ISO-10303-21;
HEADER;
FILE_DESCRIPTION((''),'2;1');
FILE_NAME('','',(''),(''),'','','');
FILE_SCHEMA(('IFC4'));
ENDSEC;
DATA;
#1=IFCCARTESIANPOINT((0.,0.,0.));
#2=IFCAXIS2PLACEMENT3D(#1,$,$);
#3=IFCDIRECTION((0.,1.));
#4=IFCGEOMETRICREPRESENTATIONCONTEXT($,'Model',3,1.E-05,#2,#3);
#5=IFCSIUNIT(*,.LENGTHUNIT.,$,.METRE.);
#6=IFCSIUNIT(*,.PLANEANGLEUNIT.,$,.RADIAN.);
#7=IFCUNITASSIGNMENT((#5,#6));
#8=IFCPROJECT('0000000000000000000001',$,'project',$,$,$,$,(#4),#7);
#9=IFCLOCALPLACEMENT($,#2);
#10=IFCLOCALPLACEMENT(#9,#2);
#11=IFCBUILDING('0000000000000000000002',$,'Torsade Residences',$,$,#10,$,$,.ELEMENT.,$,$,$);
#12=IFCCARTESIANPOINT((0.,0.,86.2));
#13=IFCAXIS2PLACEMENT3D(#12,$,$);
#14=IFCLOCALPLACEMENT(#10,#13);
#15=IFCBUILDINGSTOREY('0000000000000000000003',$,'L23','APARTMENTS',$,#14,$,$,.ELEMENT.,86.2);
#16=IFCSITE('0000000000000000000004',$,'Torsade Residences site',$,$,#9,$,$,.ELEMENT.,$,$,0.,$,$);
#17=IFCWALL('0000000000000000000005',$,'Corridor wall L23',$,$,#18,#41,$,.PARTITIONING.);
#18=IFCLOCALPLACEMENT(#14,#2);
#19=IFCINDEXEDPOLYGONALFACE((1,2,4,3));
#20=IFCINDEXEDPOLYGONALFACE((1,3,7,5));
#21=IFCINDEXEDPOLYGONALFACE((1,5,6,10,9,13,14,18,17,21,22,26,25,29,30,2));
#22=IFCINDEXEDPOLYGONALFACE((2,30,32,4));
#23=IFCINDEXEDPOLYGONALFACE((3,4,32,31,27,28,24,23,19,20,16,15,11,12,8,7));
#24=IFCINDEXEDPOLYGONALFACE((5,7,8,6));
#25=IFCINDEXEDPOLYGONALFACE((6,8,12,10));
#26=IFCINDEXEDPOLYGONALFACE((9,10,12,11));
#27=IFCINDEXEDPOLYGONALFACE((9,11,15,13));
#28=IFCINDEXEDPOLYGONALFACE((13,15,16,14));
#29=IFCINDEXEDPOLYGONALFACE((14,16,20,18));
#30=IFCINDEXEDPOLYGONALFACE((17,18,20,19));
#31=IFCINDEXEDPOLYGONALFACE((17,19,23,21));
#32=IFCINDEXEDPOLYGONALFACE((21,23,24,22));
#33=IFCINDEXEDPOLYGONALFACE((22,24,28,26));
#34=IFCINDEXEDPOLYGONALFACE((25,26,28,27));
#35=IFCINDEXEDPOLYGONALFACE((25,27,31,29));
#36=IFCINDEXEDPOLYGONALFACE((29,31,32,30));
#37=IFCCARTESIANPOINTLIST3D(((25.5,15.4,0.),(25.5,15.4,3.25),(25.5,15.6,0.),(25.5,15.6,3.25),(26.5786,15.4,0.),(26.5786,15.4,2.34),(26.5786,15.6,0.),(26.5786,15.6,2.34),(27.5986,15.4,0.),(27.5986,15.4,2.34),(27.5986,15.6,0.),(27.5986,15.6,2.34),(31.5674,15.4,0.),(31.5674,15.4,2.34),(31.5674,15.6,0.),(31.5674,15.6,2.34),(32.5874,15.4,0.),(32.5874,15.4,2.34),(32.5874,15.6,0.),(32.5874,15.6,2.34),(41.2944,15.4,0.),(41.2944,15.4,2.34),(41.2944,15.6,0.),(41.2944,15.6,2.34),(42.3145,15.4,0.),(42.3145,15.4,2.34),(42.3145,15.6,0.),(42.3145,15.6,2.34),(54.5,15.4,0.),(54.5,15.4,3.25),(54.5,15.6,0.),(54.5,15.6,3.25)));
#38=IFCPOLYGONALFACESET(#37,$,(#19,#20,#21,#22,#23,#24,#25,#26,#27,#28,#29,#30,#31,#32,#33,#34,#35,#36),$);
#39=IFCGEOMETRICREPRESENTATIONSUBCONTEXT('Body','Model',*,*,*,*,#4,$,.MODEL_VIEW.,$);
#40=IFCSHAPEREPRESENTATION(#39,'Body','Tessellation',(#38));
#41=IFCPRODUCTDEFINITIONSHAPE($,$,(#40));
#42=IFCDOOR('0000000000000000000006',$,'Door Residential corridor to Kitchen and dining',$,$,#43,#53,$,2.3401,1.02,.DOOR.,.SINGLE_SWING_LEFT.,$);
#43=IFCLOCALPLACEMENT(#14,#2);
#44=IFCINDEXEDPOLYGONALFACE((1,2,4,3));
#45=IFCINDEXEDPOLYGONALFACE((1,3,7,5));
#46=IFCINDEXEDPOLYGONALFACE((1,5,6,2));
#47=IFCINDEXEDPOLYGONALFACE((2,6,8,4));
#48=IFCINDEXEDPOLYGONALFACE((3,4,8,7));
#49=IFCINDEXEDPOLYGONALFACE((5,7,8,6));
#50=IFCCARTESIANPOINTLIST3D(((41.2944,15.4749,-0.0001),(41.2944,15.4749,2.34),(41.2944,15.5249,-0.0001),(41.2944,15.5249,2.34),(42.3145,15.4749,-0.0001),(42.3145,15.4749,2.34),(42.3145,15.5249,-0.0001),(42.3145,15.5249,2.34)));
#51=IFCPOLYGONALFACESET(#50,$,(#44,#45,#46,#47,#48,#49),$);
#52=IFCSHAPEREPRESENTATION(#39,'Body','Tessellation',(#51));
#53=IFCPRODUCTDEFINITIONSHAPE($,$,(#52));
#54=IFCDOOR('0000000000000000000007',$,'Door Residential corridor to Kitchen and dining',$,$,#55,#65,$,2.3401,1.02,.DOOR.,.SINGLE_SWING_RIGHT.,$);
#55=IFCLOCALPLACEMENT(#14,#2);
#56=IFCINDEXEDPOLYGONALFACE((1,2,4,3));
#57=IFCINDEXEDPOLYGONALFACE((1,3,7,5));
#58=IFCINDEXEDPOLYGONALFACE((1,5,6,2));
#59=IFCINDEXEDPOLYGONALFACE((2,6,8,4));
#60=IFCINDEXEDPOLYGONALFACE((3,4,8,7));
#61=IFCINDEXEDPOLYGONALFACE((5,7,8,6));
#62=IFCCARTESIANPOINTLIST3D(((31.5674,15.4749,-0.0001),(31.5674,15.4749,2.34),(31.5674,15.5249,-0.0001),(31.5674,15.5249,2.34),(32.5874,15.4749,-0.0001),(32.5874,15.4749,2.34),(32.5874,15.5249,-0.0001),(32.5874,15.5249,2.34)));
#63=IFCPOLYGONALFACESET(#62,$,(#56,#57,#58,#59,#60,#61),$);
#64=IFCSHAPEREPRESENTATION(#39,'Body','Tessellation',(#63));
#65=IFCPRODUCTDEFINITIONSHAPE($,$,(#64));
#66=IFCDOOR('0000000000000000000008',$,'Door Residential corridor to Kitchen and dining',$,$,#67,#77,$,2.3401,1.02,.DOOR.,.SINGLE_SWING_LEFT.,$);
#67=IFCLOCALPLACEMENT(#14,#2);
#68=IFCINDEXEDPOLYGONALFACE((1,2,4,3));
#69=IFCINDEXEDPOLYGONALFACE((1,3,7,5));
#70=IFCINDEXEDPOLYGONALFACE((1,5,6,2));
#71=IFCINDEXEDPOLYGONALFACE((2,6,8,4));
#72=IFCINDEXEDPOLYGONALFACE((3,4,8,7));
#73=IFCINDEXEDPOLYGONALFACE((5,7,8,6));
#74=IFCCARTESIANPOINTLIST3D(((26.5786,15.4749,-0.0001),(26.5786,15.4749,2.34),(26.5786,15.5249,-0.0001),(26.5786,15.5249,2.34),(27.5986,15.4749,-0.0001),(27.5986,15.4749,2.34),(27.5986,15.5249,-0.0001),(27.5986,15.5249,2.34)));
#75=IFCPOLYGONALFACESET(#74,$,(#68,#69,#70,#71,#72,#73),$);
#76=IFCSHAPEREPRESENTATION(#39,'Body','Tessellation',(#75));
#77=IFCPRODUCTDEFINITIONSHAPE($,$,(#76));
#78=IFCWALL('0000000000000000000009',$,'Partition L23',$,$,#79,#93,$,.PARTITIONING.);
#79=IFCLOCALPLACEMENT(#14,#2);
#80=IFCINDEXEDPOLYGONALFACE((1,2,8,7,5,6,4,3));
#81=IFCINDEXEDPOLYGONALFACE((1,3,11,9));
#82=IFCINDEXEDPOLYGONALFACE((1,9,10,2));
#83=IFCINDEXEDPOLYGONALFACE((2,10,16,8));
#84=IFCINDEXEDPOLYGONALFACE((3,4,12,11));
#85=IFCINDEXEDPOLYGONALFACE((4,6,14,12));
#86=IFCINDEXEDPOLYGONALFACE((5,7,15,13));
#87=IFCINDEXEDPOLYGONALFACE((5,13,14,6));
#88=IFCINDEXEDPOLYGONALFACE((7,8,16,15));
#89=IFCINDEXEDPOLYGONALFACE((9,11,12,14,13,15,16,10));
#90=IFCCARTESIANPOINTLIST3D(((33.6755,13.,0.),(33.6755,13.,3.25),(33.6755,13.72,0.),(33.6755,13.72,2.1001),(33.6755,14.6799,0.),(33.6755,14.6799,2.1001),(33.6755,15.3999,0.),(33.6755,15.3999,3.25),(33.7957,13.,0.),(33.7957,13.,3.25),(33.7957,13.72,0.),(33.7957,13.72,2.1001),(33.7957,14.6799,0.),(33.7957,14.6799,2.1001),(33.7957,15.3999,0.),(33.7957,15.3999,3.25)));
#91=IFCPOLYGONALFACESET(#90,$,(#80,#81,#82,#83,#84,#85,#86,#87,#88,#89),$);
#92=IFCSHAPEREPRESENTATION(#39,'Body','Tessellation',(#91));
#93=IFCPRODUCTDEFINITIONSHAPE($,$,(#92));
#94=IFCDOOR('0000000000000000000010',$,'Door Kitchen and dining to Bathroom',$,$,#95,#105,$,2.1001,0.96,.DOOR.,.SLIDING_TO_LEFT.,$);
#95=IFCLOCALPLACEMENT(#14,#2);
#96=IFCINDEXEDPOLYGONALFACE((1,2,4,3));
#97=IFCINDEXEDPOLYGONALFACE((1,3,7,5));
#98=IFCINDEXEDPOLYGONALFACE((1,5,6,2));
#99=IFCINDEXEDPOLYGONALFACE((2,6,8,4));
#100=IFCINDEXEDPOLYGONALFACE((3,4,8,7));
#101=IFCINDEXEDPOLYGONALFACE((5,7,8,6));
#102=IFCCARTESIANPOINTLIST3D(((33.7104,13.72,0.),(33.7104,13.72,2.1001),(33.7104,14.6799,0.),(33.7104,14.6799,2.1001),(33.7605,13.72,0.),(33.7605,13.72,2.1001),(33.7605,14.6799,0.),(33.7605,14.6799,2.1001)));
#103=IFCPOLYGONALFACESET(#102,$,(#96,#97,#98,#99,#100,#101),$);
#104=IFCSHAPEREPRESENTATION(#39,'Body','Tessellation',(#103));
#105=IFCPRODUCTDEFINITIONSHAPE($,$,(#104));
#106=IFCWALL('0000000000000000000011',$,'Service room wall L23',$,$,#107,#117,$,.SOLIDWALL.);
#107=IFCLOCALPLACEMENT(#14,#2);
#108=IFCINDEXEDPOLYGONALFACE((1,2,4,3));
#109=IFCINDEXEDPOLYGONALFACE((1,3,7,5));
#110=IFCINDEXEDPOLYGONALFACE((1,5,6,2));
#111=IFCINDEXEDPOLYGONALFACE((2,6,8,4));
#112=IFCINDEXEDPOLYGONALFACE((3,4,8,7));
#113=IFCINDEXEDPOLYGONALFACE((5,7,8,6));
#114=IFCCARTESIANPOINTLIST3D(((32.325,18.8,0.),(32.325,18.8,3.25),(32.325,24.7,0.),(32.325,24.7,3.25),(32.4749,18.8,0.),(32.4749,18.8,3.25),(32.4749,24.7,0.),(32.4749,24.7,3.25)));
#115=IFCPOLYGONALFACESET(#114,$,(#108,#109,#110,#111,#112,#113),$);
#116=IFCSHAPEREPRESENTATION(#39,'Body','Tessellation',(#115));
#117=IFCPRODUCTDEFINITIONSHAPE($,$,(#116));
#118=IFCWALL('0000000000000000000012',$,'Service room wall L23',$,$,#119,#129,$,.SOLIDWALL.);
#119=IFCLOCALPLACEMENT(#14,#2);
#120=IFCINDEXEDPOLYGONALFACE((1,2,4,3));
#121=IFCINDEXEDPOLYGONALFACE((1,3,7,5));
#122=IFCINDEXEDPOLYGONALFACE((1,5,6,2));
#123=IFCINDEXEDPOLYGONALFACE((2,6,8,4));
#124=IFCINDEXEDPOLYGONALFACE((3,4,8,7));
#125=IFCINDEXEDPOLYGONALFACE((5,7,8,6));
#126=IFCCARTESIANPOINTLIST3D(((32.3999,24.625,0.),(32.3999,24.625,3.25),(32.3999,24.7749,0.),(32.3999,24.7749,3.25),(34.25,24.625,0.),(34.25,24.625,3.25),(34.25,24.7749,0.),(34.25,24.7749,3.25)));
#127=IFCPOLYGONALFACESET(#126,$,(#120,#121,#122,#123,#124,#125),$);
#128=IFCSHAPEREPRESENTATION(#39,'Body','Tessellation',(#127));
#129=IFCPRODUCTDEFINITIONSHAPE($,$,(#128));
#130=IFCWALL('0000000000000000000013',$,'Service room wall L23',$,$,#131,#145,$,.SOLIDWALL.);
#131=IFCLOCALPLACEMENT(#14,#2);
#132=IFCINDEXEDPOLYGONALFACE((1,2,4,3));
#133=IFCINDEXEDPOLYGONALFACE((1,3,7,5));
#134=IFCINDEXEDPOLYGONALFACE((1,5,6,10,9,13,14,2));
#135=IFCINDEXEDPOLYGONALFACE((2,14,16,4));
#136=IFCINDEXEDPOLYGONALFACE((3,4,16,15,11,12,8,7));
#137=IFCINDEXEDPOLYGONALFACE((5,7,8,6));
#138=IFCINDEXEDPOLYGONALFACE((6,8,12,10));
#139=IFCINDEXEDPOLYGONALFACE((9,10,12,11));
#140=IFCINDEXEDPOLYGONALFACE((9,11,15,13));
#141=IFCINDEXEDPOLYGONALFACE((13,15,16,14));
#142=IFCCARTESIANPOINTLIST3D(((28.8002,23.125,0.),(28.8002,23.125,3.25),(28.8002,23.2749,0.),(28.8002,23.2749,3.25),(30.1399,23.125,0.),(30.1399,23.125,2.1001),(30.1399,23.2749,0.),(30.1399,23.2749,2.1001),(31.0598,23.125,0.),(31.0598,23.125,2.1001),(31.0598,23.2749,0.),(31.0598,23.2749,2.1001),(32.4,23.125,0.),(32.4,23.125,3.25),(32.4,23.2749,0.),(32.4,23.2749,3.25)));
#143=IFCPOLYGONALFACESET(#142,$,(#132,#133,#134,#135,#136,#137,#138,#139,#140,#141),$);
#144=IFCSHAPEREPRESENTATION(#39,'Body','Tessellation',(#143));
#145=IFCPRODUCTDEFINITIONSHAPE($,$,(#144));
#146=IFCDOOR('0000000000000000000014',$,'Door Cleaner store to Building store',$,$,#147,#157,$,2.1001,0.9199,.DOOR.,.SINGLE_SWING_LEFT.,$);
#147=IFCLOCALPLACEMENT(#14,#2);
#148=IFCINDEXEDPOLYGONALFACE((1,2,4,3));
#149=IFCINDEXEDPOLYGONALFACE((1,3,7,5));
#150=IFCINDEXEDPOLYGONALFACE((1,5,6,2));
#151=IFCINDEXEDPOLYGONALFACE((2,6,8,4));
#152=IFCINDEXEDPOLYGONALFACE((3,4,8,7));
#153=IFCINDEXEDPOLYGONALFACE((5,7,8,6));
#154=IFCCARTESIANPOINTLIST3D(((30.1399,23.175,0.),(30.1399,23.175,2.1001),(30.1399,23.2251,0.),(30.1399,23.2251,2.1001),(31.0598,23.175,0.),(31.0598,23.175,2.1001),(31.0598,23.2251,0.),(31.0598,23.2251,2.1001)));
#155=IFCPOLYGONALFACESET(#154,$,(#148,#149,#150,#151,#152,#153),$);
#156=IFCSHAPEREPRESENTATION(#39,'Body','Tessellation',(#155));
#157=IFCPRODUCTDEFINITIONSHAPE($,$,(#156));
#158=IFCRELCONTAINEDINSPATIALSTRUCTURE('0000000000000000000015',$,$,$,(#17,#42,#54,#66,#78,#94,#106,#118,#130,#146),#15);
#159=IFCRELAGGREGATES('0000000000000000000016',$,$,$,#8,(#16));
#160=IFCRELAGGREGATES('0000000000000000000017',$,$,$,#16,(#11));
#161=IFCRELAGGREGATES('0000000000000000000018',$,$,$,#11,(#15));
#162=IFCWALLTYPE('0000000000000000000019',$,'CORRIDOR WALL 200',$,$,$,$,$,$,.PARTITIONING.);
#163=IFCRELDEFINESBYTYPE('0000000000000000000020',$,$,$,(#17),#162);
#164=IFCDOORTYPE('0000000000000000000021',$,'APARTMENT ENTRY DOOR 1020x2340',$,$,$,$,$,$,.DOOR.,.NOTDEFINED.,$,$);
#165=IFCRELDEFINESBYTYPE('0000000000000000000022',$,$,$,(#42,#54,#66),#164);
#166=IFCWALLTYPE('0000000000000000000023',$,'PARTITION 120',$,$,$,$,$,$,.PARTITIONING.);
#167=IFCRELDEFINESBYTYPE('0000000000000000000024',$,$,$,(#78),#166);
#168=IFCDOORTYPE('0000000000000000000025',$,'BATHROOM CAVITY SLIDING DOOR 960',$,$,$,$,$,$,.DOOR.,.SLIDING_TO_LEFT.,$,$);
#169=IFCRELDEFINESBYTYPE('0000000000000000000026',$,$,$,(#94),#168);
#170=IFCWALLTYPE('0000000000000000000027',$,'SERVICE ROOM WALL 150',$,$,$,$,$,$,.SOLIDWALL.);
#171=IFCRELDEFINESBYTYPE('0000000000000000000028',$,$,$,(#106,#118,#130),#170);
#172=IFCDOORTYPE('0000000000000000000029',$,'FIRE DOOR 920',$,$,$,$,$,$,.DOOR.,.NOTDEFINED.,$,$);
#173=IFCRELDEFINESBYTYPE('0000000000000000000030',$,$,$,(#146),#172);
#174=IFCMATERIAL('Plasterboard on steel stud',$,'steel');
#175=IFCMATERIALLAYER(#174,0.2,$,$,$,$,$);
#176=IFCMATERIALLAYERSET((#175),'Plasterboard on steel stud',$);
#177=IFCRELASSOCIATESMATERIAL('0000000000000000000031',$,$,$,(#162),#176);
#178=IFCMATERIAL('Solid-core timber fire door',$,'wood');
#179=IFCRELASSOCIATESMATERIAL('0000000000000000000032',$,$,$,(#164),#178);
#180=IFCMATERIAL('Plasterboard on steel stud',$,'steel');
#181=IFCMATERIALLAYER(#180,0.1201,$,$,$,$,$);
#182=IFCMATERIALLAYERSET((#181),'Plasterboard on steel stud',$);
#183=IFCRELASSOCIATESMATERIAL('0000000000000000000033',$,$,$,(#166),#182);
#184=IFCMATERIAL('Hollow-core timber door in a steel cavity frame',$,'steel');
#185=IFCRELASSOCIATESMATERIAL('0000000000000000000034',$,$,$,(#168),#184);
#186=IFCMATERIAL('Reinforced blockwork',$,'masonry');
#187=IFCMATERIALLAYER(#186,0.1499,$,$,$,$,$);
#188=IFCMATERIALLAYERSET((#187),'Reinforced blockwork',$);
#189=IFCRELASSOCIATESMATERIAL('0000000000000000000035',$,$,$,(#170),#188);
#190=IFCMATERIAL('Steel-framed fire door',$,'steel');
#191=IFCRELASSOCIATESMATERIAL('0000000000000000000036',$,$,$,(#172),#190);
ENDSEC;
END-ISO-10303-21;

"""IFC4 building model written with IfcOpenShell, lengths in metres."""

from ifc_helpers import new_model, si_unit, direction, frame, frame_2d, origin, place, context, subcontext, project, spatial, rectangle, extrude, material, layer, layer_set, type_object, element, fill, save


model = new_model("IFC4")

# Units and contexts
model_context = context("Model", 3, precision=1e-05, world=origin(), true_north=direction((0.0, 1.0)))
body_context = subcontext(model_context, "Body", "Model", "MODEL_VIEW")
ifc_project = project(units=[si_unit("LENGTHUNIT", "METRE"), si_unit("PLANEANGLEUNIT", "RADIAN")], contexts=[model_context])

# Site, building, storey
site_placement = place(None, origin())
site = spatial("IfcSite", under=ifc_project, at=site_placement, Name="Torsade Residences site", CompositionType="ELEMENT", RefElevation=0.0)
building_placement = place(site_placement, origin())
building = spatial("IfcBuilding", under=site, at=building_placement, Name="Torsade Residences", CompositionType="ELEMENT")
storey_placement = place(building_placement, frame((0.0, 0.0, 86.2)))
storey = spatial("IfcBuildingStorey", under=building, at=storey_placement, Name="L23", Description="APARTMENTS", CompositionType="ELEMENT", Elevation=86.2)

# Wall, openings, doors
ifc_material_1 = material(Name="Plasterboard on steel stud", Category="steel")
ifc_layer_1 = layer(ifc_material_1, 0.2)
ifc_layer_set_1 = layer_set([ifc_layer_1], Name="Plasterboard on steel stud")
wall_type_1 = type_object("IfcWallType", Name="CORRIDOR WALL 200", PredefinedType="PARTITIONING", material=ifc_layer_set_1)
wall_1_placement = place(storey_placement, frame((25.5, 15.5, 0.0), z_axis=(0.0, 0.0, 1.0), x_axis=(1.0, 0.0, 0.0)))
wall_1 = element("IfcWall", 1, at=wall_1_placement, inside=storey, type_object=wall_type_1, Name="Corridor wall L23", PredefinedType="PARTITIONING", context=body_context, shape_type="SweptSolid", body=[
    extrude(rectangle(XDim=29.0, YDim=0.2, at=frame_2d((14.5, 0.0))), origin(), (0.0, 0.0, 1.0), 3.25),
])
opening_1_placement = place(wall_1_placement, frame((15.7944, 0.0, 0.0)))
opening_1 = element("IfcOpeningElement", 2, at=opening_1_placement, cuts=wall_1, PredefinedType="OPENING", context=body_context, shape_type="SweptSolid", body=[
    extrude(rectangle(XDim=1.02, YDim=2.3401, at=frame_2d((0.51, 1.1699))), frame((0.0, 0.1099, 0.0), z_axis=(0.0, -1.0, 0.0), x_axis=(1.0, 0.0, 0.0)), (0.0, 0.0, 1.0), 0.22),
])
opening_2_placement = place(wall_1_placement, frame((6.0674, 0.0, 0.0)))
opening_2 = element("IfcOpeningElement", 3, at=opening_2_placement, cuts=wall_1, PredefinedType="OPENING", context=body_context, shape_type="SweptSolid", body=[
    extrude(rectangle(XDim=1.02, YDim=2.3401, at=frame_2d((0.51, 1.1699))), frame((0.0, 0.1099, 0.0), z_axis=(0.0, -1.0, 0.0), x_axis=(1.0, 0.0, 0.0)), (0.0, 0.0, 1.0), 0.22),
])
opening_3_placement = place(wall_1_placement, frame((1.0786, 0.0, 0.0)))
opening_3 = element("IfcOpeningElement", 4, at=opening_3_placement, cuts=wall_1, PredefinedType="OPENING", context=body_context, shape_type="SweptSolid", body=[
    extrude(rectangle(XDim=1.02, YDim=2.3401, at=frame_2d((0.51, 1.1699))), frame((0.0, 0.1099, 0.0), z_axis=(0.0, -1.0, 0.0), x_axis=(1.0, 0.0, 0.0)), (0.0, 0.0, 1.0), 0.22),
])
ifc_material_2 = material(Name="Solid-core timber fire door", Category="wood")
door_type_1 = type_object("IfcDoorType", Name="APARTMENT ENTRY DOOR 1020x2340", OperationType="NOTDEFINED", PredefinedType="DOOR", material=ifc_material_2)
door_1_placement = place(opening_1_placement, origin())
door_1 = element("IfcDoor", 5, at=door_1_placement, inside=storey, type_object=door_type_1, Name="Door Residential corridor to Kitchen and dining", OperationType="SINGLE_SWING_LEFT", OverallHeight=2.3401, OverallWidth=1.02, PredefinedType="DOOR", context=body_context, shape_type="SweptSolid", body=[
    extrude(rectangle(XDim=1.02, YDim=2.3401, at=frame_2d((0.51, 1.1699))), frame((0.0, 0.0249, 0.0), z_axis=(0.0, -1.0, 0.0), x_axis=(1.0, 0.0, 0.0)), (0.0, 0.0, 1.0), 0.05),
])
fill(opening_1, door_1)
door_2_placement = place(opening_2_placement, origin())
door_2 = element("IfcDoor", 6, at=door_2_placement, inside=storey, type_object=door_type_1, Name="Door Residential corridor to Kitchen and dining", OperationType="SINGLE_SWING_RIGHT", OverallHeight=2.3401, OverallWidth=1.02, PredefinedType="DOOR", context=body_context, shape_type="SweptSolid", body=[
    extrude(rectangle(XDim=1.02, YDim=2.3401, at=frame_2d((0.51, 1.1699))), frame((0.0, 0.0249, 0.0), z_axis=(0.0, -1.0, 0.0), x_axis=(1.0, 0.0, 0.0)), (0.0, 0.0, 1.0), 0.05),
])
fill(opening_2, door_2)
door_3_placement = place(opening_3_placement, origin())
door_3 = element("IfcDoor", 7, at=door_3_placement, inside=storey, type_object=door_type_1, Name="Door Residential corridor to Kitchen and dining", OperationType="SINGLE_SWING_LEFT", OverallHeight=2.3401, OverallWidth=1.02, PredefinedType="DOOR", context=body_context, shape_type="SweptSolid", body=[
    extrude(rectangle(XDim=1.02, YDim=2.3401, at=frame_2d((0.51, 1.1699))), frame((0.0, 0.0249, 0.0), z_axis=(0.0, -1.0, 0.0), x_axis=(1.0, 0.0, 0.0)), (0.0, 0.0, 1.0), 0.05),
])
fill(opening_3, door_3)

# Wall, opening, door
ifc_material_3 = material(Name="Plasterboard on steel stud", Category="steel")
ifc_layer_2 = layer(ifc_material_3, 0.1201)
ifc_layer_set_2 = layer_set([ifc_layer_2], Name="Plasterboard on steel stud")
wall_type_2 = type_object("IfcWallType", Name="PARTITION 120", PredefinedType="PARTITIONING", material=ifc_layer_set_2)
wall_2_placement = place(storey_placement, frame((33.7356, 15.3999, 0.0), z_axis=(0.0, 0.0, 1.0), x_axis=(0.0, -1.0, 0.0)))
wall_2 = element("IfcWall", 8, at=wall_2_placement, inside=storey, type_object=wall_type_2, Name="Partition L23", PredefinedType="PARTITIONING", context=body_context, shape_type="SweptSolid", body=[
    extrude(rectangle(XDim=2.3999, YDim=0.1201, at=frame_2d((1.2, 0.0))), origin(), (0.0, 0.0, 1.0), 3.25),
])
opening_4_placement = place(wall_2_placement, frame((0.72, 0.0, 0.0)))
opening_4 = element("IfcOpeningElement", 9, at=opening_4_placement, cuts=wall_2, PredefinedType="OPENING", context=body_context, shape_type="SweptSolid", body=[
    extrude(rectangle(XDim=0.96, YDim=2.1001, at=frame_2d((0.48, 1.05))), frame((0.0, 0.0701, 0.0), z_axis=(0.0, -1.0, 0.0), x_axis=(1.0, 0.0, 0.0)), (0.0, 0.0, 1.0), 0.1401),
])
ifc_material_4 = material(Name="Hollow-core timber door in a steel cavity frame", Category="steel")
door_type_2 = type_object("IfcDoorType", Name="BATHROOM CAVITY SLIDING DOOR 960", OperationType="SLIDING_TO_LEFT", PredefinedType="DOOR", material=ifc_material_4)
door_4_placement = place(opening_4_placement, origin())
door_4 = element("IfcDoor", 10, at=door_4_placement, inside=storey, type_object=door_type_2, Name="Door Kitchen and dining to Bathroom", OperationType="SLIDING_TO_LEFT", OverallHeight=2.1001, OverallWidth=0.96, PredefinedType="DOOR", context=body_context, shape_type="SweptSolid", body=[
    extrude(rectangle(XDim=0.96, YDim=2.1001, at=frame_2d((0.48, 1.05))), frame((0.0, 0.0249, 0.0), z_axis=(0.0, -1.0, 0.0), x_axis=(1.0, 0.0, 0.0)), (0.0, 0.0, 1.0), 0.05),
])
fill(opening_4, door_4)

# Walls
ifc_material_5 = material(Name="Reinforced blockwork", Category="masonry")
ifc_layer_3 = layer(ifc_material_5, 0.1499)
ifc_layer_set_3 = layer_set([ifc_layer_3], Name="Reinforced blockwork")
wall_type_3 = type_object("IfcWallType", Name="SERVICE ROOM WALL 150", PredefinedType="SOLIDWALL", material=ifc_layer_set_3)
wall_3_placement = place(storey_placement, frame((32.3999, 18.8, 0.0), z_axis=(0.0, 0.0, 1.0), x_axis=(0.0, 1.0, 0.0)))
element("IfcWall", 11, at=wall_3_placement, inside=storey, type_object=wall_type_3, Name="Service room wall L23", PredefinedType="SOLIDWALL", context=body_context, shape_type="SweptSolid", body=[
    extrude(rectangle(XDim=5.8999, YDim=0.1499, at=frame_2d((2.95, 0.0))), origin(), (0.0, 0.0, 1.0), 3.25),
])
wall_4_placement = place(storey_placement, frame((32.3999, 24.7, 0.0), z_axis=(0.0, 0.0, 1.0), x_axis=(1.0, 0.0, 0.0)))
element("IfcWall", 12, at=wall_4_placement, inside=storey, type_object=wall_type_3, Name="Service room wall L23", PredefinedType="SOLIDWALL", context=body_context, shape_type="SweptSolid", body=[
    extrude(rectangle(XDim=1.8501, YDim=0.1499, at=frame_2d((0.925, 0.0))), origin(), (0.0, 0.0, 1.0), 3.25),
])

# Wall, opening, door
wall_5_placement = place(storey_placement, frame((32.3999, 23.2, 0.0), z_axis=(0.0, 0.0, 1.0), x_axis=(-1.0, 0.0, 0.0)))
wall_5 = element("IfcWall", 13, at=wall_5_placement, inside=storey, type_object=wall_type_3, Name="Service room wall L23", PredefinedType="SOLIDWALL", context=body_context, shape_type="SweptSolid", body=[
    extrude(rectangle(XDim=3.5999, YDim=0.1499, at=frame_2d((1.7998, 0.0))), origin(), (0.0, 0.0, 1.0), 3.25),
])
opening_5_placement = place(wall_5_placement, frame((1.3401, 0.0, 0.0)))
opening_5 = element("IfcOpeningElement", 14, at=opening_5_placement, cuts=wall_5, PredefinedType="OPENING", context=body_context, shape_type="SweptSolid", body=[
    extrude(rectangle(XDim=0.9199, YDim=2.1001, at=frame_2d((0.46, 1.05))), frame((0.0, 0.085, 0.0), z_axis=(0.0, -1.0, 0.0), x_axis=(1.0, 0.0, 0.0)), (0.0, 0.0, 1.0), 0.1699),
])
ifc_material_6 = material(Name="Steel-framed fire door", Category="steel")
door_type_3 = type_object("IfcDoorType", Name="FIRE DOOR 920", OperationType="NOTDEFINED", PredefinedType="DOOR", material=ifc_material_6)
door_5_placement = place(opening_5_placement, origin())
door_5 = element("IfcDoor", 15, at=door_5_placement, inside=storey, type_object=door_type_3, Name="Door Cleaner store to Building store", OperationType="SINGLE_SWING_LEFT", OverallHeight=2.1001, OverallWidth=0.9199, PredefinedType="DOOR", context=body_context, shape_type="SweptSolid", body=[
    extrude(rectangle(XDim=0.9199, YDim=2.1001, at=frame_2d((0.46, 1.05))), frame((0.0, 0.0249, 0.0), z_axis=(0.0, -1.0, 0.0), x_axis=(1.0, 0.0, 0.0)), (0.0, 0.0, 1.0), 0.05),
])
fill(opening_5, door_5)

save(model, "model.ifc")
